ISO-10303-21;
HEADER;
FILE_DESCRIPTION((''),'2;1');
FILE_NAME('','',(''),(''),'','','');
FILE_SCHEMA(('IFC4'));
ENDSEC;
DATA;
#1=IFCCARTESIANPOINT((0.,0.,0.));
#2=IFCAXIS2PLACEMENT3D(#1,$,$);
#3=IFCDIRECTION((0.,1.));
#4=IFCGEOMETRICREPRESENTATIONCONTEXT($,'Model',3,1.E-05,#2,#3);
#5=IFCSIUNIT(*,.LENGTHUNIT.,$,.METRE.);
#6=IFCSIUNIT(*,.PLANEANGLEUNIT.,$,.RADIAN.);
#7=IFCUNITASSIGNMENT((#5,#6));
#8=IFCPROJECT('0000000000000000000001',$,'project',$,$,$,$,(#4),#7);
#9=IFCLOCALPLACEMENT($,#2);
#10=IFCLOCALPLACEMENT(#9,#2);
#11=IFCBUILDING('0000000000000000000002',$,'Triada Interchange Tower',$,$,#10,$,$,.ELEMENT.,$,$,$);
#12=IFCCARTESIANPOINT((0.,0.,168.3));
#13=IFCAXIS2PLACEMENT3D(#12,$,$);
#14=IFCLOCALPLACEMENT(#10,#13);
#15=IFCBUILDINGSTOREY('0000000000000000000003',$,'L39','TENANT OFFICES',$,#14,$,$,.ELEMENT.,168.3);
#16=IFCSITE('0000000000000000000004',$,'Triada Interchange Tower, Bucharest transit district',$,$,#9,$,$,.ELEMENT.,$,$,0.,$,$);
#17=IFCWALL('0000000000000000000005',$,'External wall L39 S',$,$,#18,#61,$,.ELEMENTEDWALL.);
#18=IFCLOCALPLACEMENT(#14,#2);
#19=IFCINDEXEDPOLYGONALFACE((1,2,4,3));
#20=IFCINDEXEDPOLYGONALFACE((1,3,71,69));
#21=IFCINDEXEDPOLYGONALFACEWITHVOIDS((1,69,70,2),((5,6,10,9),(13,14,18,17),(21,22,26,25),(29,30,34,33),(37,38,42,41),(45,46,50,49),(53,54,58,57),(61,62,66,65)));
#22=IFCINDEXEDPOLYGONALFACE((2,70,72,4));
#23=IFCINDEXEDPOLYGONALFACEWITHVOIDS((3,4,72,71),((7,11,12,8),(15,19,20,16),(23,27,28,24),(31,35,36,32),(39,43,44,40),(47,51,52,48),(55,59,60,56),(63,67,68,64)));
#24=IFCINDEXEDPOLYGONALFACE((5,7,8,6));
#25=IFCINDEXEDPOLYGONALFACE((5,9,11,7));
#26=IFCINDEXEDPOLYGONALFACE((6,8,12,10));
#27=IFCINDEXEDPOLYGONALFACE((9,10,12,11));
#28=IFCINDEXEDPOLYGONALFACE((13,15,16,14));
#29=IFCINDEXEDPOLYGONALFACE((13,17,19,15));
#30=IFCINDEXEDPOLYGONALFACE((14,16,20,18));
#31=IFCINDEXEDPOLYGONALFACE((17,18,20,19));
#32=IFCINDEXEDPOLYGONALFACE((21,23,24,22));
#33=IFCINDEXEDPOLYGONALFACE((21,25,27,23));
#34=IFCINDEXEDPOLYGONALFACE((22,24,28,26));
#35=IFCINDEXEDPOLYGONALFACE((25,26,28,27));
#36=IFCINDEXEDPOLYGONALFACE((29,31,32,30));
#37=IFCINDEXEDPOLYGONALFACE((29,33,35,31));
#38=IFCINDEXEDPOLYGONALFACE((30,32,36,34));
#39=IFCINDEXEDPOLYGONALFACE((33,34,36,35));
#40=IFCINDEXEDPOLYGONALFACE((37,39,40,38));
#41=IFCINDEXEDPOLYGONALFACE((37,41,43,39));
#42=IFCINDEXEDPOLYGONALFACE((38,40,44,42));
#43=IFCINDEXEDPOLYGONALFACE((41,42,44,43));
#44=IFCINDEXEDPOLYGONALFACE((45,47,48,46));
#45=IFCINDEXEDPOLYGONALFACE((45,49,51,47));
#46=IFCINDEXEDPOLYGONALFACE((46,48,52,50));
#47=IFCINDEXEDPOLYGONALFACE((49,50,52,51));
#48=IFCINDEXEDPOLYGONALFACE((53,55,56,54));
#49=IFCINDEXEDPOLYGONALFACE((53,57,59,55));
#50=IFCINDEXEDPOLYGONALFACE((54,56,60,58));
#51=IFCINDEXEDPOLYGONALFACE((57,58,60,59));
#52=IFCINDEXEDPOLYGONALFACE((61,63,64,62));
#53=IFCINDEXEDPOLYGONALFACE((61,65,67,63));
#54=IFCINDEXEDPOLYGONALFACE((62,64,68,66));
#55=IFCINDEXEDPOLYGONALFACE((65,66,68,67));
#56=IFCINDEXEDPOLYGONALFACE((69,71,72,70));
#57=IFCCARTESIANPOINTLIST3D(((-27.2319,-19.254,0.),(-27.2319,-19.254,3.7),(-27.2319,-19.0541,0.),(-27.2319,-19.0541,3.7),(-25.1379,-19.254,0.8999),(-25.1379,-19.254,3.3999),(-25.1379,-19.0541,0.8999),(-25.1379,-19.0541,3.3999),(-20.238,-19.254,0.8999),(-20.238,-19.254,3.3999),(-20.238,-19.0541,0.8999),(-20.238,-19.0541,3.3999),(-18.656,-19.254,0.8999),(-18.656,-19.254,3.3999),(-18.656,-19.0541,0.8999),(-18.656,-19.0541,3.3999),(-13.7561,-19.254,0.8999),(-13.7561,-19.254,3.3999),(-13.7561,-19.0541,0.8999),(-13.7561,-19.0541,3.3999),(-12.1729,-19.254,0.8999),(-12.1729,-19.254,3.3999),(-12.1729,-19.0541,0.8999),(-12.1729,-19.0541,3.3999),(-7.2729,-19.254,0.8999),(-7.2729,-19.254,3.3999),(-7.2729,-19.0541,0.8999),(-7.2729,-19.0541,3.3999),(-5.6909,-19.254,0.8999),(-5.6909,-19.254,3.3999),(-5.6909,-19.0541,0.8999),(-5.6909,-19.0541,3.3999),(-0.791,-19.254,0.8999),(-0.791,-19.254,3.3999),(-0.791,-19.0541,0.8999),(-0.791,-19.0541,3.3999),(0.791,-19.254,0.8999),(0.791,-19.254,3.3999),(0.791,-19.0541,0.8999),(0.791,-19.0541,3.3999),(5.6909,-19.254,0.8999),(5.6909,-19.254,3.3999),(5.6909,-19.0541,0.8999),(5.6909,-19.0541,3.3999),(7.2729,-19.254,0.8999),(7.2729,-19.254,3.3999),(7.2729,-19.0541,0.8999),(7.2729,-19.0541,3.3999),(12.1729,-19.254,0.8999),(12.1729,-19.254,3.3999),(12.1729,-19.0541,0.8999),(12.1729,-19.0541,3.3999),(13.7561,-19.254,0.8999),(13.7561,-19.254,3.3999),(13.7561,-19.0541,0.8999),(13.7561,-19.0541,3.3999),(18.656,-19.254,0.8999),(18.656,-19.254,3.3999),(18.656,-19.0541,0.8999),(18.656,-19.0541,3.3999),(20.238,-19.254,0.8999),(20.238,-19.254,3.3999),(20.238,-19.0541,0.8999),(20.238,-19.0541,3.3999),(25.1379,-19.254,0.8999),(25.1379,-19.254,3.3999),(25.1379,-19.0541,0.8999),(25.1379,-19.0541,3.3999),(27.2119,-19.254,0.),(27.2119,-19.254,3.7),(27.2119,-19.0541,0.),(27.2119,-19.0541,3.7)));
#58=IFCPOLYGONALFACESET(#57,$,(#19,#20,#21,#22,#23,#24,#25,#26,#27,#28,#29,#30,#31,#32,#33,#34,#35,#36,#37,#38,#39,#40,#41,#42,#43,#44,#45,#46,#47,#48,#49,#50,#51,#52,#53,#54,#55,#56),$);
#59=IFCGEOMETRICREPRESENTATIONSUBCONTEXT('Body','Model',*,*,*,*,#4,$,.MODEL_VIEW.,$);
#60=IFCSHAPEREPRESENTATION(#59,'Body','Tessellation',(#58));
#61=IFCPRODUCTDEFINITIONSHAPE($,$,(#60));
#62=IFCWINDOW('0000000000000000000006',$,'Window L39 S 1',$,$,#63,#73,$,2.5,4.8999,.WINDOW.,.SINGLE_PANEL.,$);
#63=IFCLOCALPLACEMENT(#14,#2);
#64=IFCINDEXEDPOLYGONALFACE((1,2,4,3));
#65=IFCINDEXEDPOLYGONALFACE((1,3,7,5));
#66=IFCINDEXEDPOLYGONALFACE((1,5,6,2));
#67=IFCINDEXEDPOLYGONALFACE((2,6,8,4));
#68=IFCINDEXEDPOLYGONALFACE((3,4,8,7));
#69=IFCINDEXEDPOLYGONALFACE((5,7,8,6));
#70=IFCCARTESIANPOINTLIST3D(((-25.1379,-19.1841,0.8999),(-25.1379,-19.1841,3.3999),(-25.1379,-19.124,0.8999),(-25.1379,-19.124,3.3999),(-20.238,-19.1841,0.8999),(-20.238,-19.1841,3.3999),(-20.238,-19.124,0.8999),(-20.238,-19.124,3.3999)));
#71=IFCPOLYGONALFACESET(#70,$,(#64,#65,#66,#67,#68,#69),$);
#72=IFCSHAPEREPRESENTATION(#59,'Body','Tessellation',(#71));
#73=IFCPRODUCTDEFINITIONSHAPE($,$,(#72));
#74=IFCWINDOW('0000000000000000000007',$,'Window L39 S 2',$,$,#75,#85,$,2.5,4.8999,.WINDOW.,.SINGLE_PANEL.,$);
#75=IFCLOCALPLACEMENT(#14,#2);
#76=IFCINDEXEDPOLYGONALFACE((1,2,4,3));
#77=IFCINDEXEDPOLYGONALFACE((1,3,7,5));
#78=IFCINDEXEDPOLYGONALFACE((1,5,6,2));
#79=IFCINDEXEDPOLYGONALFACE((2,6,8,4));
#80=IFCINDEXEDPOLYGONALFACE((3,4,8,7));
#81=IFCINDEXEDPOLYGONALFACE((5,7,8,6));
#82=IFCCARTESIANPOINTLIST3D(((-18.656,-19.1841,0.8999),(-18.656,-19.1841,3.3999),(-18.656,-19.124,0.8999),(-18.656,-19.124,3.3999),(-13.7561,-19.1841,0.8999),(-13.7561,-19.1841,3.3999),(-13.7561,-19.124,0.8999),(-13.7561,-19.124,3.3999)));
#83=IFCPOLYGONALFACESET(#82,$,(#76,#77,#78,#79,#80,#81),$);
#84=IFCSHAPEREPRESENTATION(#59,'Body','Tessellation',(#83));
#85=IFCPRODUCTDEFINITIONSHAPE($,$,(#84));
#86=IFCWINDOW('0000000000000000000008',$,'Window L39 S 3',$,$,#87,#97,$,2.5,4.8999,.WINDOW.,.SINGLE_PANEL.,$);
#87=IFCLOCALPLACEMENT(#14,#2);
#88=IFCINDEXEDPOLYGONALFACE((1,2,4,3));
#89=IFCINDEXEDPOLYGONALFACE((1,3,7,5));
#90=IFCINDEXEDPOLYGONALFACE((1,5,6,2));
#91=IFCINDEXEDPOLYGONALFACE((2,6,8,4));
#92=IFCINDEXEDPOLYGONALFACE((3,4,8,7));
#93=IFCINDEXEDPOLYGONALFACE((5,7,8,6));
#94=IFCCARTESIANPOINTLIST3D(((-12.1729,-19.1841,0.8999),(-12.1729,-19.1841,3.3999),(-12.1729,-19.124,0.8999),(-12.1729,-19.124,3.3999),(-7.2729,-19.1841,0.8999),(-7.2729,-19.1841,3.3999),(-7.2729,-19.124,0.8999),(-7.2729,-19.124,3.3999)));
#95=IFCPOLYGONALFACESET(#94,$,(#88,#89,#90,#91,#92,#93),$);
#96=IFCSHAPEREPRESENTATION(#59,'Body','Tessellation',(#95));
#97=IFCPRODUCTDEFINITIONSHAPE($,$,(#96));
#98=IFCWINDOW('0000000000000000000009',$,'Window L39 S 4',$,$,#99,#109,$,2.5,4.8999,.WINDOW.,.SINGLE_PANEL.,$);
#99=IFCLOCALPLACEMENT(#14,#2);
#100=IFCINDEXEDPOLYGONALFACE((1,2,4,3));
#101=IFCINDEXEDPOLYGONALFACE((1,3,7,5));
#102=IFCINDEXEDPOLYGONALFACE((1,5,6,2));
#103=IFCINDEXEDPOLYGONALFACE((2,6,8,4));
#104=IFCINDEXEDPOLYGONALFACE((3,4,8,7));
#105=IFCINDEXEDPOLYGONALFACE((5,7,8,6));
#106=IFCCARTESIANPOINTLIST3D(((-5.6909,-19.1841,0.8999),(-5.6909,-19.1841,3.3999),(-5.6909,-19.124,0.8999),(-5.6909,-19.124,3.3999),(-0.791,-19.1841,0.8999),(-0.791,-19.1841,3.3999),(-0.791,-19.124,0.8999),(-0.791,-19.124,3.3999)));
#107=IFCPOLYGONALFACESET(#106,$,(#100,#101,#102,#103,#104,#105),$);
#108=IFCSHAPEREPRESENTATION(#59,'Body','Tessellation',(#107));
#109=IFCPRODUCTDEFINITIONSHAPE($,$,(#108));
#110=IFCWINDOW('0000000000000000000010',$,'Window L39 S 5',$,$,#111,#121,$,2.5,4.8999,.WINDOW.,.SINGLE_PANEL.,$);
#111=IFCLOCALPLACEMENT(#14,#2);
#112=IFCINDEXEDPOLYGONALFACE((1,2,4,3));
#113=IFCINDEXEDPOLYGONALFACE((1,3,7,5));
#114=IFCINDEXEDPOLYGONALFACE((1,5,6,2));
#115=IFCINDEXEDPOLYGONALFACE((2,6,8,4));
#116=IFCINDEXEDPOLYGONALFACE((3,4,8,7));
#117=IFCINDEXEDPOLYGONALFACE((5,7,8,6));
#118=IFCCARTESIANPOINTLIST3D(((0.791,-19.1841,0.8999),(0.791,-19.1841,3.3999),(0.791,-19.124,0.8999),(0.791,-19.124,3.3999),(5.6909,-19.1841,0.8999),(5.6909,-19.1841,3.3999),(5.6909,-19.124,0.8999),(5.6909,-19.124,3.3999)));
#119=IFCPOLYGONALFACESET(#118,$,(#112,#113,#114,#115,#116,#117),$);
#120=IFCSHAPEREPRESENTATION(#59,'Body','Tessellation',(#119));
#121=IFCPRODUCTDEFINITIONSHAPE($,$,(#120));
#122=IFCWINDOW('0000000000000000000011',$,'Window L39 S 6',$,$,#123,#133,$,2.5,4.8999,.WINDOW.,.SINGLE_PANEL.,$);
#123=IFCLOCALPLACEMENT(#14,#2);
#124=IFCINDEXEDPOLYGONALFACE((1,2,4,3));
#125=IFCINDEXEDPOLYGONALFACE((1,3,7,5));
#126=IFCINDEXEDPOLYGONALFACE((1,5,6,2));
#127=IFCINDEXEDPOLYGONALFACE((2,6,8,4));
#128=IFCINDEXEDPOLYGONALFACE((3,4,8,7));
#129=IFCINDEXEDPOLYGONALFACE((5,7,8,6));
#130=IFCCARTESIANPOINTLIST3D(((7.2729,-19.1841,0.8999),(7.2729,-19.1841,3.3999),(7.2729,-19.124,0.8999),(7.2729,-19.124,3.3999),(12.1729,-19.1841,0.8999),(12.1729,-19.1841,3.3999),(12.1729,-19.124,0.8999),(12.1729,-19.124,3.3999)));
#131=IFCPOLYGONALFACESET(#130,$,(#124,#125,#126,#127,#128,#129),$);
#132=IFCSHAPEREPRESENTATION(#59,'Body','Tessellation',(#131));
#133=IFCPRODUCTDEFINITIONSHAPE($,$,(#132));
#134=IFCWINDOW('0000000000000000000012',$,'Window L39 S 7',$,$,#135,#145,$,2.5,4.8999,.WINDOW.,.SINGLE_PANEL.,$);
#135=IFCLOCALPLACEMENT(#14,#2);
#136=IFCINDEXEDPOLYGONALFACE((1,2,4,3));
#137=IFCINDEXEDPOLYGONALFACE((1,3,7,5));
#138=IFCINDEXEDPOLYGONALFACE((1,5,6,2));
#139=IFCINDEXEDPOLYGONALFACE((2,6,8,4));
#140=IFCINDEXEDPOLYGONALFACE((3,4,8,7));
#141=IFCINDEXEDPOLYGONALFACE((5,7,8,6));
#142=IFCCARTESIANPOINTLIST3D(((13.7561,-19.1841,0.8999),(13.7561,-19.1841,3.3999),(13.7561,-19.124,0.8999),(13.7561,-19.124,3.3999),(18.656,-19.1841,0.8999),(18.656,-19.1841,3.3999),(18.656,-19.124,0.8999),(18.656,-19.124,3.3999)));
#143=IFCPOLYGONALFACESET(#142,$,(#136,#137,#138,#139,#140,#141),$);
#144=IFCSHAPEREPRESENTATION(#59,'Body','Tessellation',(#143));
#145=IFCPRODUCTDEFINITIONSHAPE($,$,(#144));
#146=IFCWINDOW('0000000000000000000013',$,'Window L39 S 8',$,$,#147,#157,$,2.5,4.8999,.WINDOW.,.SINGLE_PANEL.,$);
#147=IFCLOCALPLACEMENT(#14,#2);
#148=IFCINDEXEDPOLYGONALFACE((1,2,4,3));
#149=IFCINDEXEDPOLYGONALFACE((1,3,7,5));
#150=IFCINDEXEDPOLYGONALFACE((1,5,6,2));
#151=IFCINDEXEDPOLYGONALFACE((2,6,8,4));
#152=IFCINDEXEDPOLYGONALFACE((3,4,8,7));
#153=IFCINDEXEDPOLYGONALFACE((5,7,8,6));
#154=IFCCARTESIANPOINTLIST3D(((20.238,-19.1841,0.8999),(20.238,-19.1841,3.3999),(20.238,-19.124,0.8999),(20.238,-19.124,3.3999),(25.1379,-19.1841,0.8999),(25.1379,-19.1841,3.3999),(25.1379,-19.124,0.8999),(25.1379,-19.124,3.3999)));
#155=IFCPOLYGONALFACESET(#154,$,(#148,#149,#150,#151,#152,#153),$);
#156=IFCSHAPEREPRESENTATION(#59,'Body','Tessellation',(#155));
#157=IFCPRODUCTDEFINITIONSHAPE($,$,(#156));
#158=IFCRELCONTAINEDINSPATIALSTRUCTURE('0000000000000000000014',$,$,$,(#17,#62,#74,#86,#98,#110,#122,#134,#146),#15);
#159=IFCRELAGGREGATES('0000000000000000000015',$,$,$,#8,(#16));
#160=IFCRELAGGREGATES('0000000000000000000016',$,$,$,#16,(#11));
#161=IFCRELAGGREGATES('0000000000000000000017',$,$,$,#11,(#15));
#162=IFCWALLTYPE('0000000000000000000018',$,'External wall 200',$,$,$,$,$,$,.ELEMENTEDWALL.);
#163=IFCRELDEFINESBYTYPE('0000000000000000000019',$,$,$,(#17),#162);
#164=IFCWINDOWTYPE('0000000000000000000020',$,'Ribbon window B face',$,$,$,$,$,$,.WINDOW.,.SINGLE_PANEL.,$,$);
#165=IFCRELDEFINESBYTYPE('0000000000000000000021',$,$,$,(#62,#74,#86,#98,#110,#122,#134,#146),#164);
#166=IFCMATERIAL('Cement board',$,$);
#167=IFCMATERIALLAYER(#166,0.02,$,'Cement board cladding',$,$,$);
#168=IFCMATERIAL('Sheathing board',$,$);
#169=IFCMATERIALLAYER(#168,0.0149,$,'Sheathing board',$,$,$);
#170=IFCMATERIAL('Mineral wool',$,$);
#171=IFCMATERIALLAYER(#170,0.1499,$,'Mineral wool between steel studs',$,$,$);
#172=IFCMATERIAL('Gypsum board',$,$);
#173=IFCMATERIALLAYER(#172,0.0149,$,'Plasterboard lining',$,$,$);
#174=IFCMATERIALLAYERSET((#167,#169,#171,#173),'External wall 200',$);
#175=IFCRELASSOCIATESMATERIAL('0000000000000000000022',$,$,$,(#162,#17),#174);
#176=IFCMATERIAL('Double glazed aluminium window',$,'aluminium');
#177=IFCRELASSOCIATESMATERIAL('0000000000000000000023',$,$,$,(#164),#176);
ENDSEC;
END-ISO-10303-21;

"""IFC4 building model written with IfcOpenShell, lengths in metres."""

from ifc_helpers import new_model, si_unit, direction, frame, frame_2d, origin, place, context, subcontext, project, spatial, rectangle, extrude, material, layer, layer_set, layer_usage, type_object, element, fill, save


model = new_model("IFC4")

# Units and contexts
model_context = context("Model", 3, precision=1e-05, world=origin(), true_north=direction((0.0, 1.0)))
body_context = subcontext(model_context, "Body", "Model", "MODEL_VIEW")
ifc_project = project(units=[si_unit("LENGTHUNIT", "METRE"), si_unit("PLANEANGLEUNIT", "RADIAN")], contexts=[model_context])

# Site, building, storey
site_placement = place(None, origin())
site = spatial("IfcSite", under=ifc_project, at=site_placement, Name="Triada Interchange Tower, Bucharest transit district", CompositionType="ELEMENT", RefElevation=0.0)
building_placement = place(site_placement, origin())
building = spatial("IfcBuilding", under=site, at=building_placement, Name="Triada Interchange Tower", CompositionType="ELEMENT")
storey_placement = place(building_placement, frame((0.0, 0.0, 168.3)))
storey = spatial("IfcBuildingStorey", under=building, at=storey_placement, Name="L39", Description="TENANT OFFICES", CompositionType="ELEMENT", Elevation=168.3)

# Shared definitions
ifc_material_1 = material(Name="Cement board")
ifc_layer_1 = layer(ifc_material_1, 0.02, Name="Cement board cladding")
ifc_material_2 = material(Name="Sheathing board")
ifc_layer_2 = layer(ifc_material_2, 0.0149, Name="Sheathing board")
ifc_material_3 = material(Name="Mineral wool")
ifc_layer_3 = layer(ifc_material_3, 0.1499, Name="Mineral wool between steel studs")
ifc_material_4 = material(Name="Gypsum board")
ifc_layer_4 = layer(ifc_material_4, 0.0149, Name="Plasterboard lining")
ifc_layer_set_1 = layer_set([ifc_layer_1, ifc_layer_2, ifc_layer_3, ifc_layer_4], Name="External wall 200")
ifc_layer_usage = layer_usage(ifc_layer_set_1, "AXIS2", "POSITIVE", -0.1001)
wall_type_1 = type_object("IfcWallType", Name="External wall 200", PredefinedType="ELEMENTEDWALL", material=ifc_layer_set_1)
ifc_material_5 = material(Name="Double glazed aluminium window", Category="aluminium")

# Wall, openings, windows
wall_1_placement = place(storey_placement, frame((-27.2319, -19.1541, 0.0), z_axis=(0.0, 0.0, 1.0), x_axis=(1.0, 0.0, 0.0)))
wall_1 = element("IfcWall", 1, at=wall_1_placement, inside=storey, type_object=wall_type_1, material=ifc_layer_usage, Name="External wall L39 S", PredefinedType="ELEMENTEDWALL", context=body_context, shape_type="SweptSolid", body=[
    extrude(rectangle(XDim=54.4438, YDim=0.2, at=frame_2d((27.2219, 0.0))), origin(), (0.0, 0.0, 1.0), 3.7),
])
opening_1_placement = place(wall_1_placement, frame((2.094, 0.0, 0.8999)))
opening_1 = element("IfcOpeningElement", 2, at=opening_1_placement, cuts=wall_1, PredefinedType="OPENING", context=body_context, shape_type="SweptSolid", body=[
    extrude(rectangle(XDim=4.8999, YDim=2.5, at=frame_2d((2.45, 1.25))), frame((0.0, 0.1099, 0.0), z_axis=(0.0, -1.0, 0.0), x_axis=(1.0, 0.0, 0.0)), (0.0, 0.0, 1.0), 0.22),
])
opening_2_placement = place(wall_1_placement, frame((8.5759, 0.0, 0.8999)))
opening_2 = element("IfcOpeningElement", 3, at=opening_2_placement, cuts=wall_1, PredefinedType="OPENING", context=body_context, shape_type="SweptSolid", body=[
    extrude(rectangle(XDim=4.8999, YDim=2.5, at=frame_2d((2.45, 1.25))), frame((0.0, 0.1099, 0.0), z_axis=(0.0, -1.0, 0.0), x_axis=(1.0, 0.0, 0.0)), (0.0, 0.0, 1.0), 0.22),
])
opening_3_placement = place(wall_1_placement, frame((15.0591, 0.0, 0.8999)))
opening_3 = element("IfcOpeningElement", 4, at=opening_3_placement, cuts=wall_1, PredefinedType="OPENING", context=body_context, shape_type="SweptSolid", body=[
    extrude(rectangle(XDim=4.8999, YDim=2.5, at=frame_2d((2.45, 1.25))), frame((0.0, 0.1099, 0.0), z_axis=(0.0, -1.0, 0.0), x_axis=(1.0, 0.0, 0.0)), (0.0, 0.0, 1.0), 0.22),
])
opening_4_placement = place(wall_1_placement, frame((21.541, 0.0, 0.8999)))
opening_4 = element("IfcOpeningElement", 5, at=opening_4_placement, cuts=wall_1, PredefinedType="OPENING", context=body_context, shape_type="SweptSolid", body=[
    extrude(rectangle(XDim=4.8999, YDim=2.5, at=frame_2d((2.45, 1.25))), frame((0.0, 0.1099, 0.0), z_axis=(0.0, -1.0, 0.0), x_axis=(1.0, 0.0, 0.0)), (0.0, 0.0, 1.0), 0.22),
])
opening_5_placement = place(wall_1_placement, frame((28.0229, 0.0, 0.8999)))
opening_5 = element("IfcOpeningElement", 6, at=opening_5_placement, cuts=wall_1, PredefinedType="OPENING", context=body_context, shape_type="SweptSolid", body=[
    extrude(rectangle(XDim=4.8999, YDim=2.5, at=frame_2d((2.45, 1.25))), frame((0.0, 0.1099, 0.0), z_axis=(0.0, -1.0, 0.0), x_axis=(1.0, 0.0, 0.0)), (0.0, 0.0, 1.0), 0.22),
])
opening_6_placement = place(wall_1_placement, frame((34.5049, 0.0, 0.8999)))
opening_6 = element("IfcOpeningElement", 7, at=opening_6_placement, cuts=wall_1, PredefinedType="OPENING", context=body_context, shape_type="SweptSolid", body=[
    extrude(rectangle(XDim=4.8999, YDim=2.5, at=frame_2d((2.45, 1.25))), frame((0.0, 0.1099, 0.0), z_axis=(0.0, -1.0, 0.0), x_axis=(1.0, 0.0, 0.0)), (0.0, 0.0, 1.0), 0.22),
])
opening_7_placement = place(wall_1_placement, frame((40.988, 0.0, 0.8999)))
opening_7 = element("IfcOpeningElement", 8, at=opening_7_placement, cuts=wall_1, PredefinedType="OPENING", context=body_context, shape_type="SweptSolid", body=[
    extrude(rectangle(XDim=4.8999, YDim=2.5, at=frame_2d((2.45, 1.25))), frame((0.0, 0.1099, 0.0), z_axis=(0.0, -1.0, 0.0), x_axis=(1.0, 0.0, 0.0)), (0.0, 0.0, 1.0), 0.22),
])
opening_8_placement = place(wall_1_placement, frame((47.47, 0.0, 0.8999)))
opening_8 = element("IfcOpeningElement", 9, at=opening_8_placement, cuts=wall_1, PredefinedType="OPENING", context=body_context, shape_type="SweptSolid", body=[
    extrude(rectangle(XDim=4.8999, YDim=2.5, at=frame_2d((2.45, 1.25))), frame((0.0, 0.1099, 0.0), z_axis=(0.0, -1.0, 0.0), x_axis=(1.0, 0.0, 0.0)), (0.0, 0.0, 1.0), 0.22),
])
window_type_1 = type_object("IfcWindowType", Name="Ribbon window B face", PartitioningType="SINGLE_PANEL", PredefinedType="WINDOW", material=ifc_material_5)
window_1_placement = place(opening_1_placement, origin())
window_1 = element("IfcWindow", 10, at=window_1_placement, inside=storey, type_object=window_type_1, Name="Window L39 S 1", OverallHeight=2.5, OverallWidth=4.8999, PartitioningType="SINGLE_PANEL", PredefinedType="WINDOW", context=body_context, shape_type="SweptSolid", body=[
    extrude(rectangle(XDim=4.8999, YDim=2.5, at=frame_2d((2.45, 1.25))), frame((0.0, 0.03, 0.0), z_axis=(0.0, -1.0, 0.0), x_axis=(1.0, 0.0, 0.0)), (0.0, 0.0, 1.0), 0.0601),
])
fill(opening_1, window_1)
window_2_placement = place(opening_2_placement, origin())
window_2 = element("IfcWindow", 11, at=window_2_placement, inside=storey, type_object=window_type_1, Name="Window L39 S 2", OverallHeight=2.5, OverallWidth=4.8999, PartitioningType="SINGLE_PANEL", PredefinedType="WINDOW", context=body_context, shape_type="SweptSolid", body=[
    extrude(rectangle(XDim=4.8999, YDim=2.5, at=frame_2d((2.45, 1.25))), frame((0.0, 0.03, 0.0), z_axis=(0.0, -1.0, 0.0), x_axis=(1.0, 0.0, 0.0)), (0.0, 0.0, 1.0), 0.0601),
])
fill(opening_2, window_2)
window_3_placement = place(opening_3_placement, origin())
window_3 = element("IfcWindow", 12, at=window_3_placement, inside=storey, type_object=window_type_1, Name="Window L39 S 3", OverallHeight=2.5, OverallWidth=4.8999, PartitioningType="SINGLE_PANEL", PredefinedType="WINDOW", context=body_context, shape_type="SweptSolid", body=[
    extrude(rectangle(XDim=4.8999, YDim=2.5, at=frame_2d((2.45, 1.25))), frame((0.0, 0.03, 0.0), z_axis=(0.0, -1.0, 0.0), x_axis=(1.0, 0.0, 0.0)), (0.0, 0.0, 1.0), 0.0601),
])
fill(opening_3, window_3)
window_4_placement = place(opening_4_placement, origin())
window_4 = element("IfcWindow", 13, at=window_4_placement, inside=storey, type_object=window_type_1, Name="Window L39 S 4", OverallHeight=2.5, OverallWidth=4.8999, PartitioningType="SINGLE_PANEL", PredefinedType="WINDOW", context=body_context, shape_type="SweptSolid", body=[
    extrude(rectangle(XDim=4.8999, YDim=2.5, at=frame_2d((2.45, 1.25))), frame((0.0, 0.03, 0.0), z_axis=(0.0, -1.0, 0.0), x_axis=(1.0, 0.0, 0.0)), (0.0, 0.0, 1.0), 0.0601),
])
fill(opening_4, window_4)
window_5_placement = place(opening_5_placement, origin())
window_5 = element("IfcWindow", 14, at=window_5_placement, inside=storey, type_object=window_type_1, Name="Window L39 S 5", OverallHeight=2.5, OverallWidth=4.8999, PartitioningType="SINGLE_PANEL", PredefinedType="WINDOW", context=body_context, shape_type="SweptSolid", body=[
    extrude(rectangle(XDim=4.8999, YDim=2.5, at=frame_2d((2.45, 1.25))), frame((0.0, 0.03, 0.0), z_axis=(0.0, -1.0, 0.0), x_axis=(1.0, 0.0, 0.0)), (0.0, 0.0, 1.0), 0.0601),
])
fill(opening_5, window_5)
window_6_placement = place(opening_6_placement, origin())
window_6 = element("IfcWindow", 15, at=window_6_placement, inside=storey, type_object=window_type_1, Name="Window L39 S 6", OverallHeight=2.5, OverallWidth=4.8999, PartitioningType="SINGLE_PANEL", PredefinedType="WINDOW", context=body_context, shape_type="SweptSolid", body=[
    extrude(rectangle(XDim=4.8999, YDim=2.5, at=frame_2d((2.45, 1.25))), frame((0.0, 0.03, 0.0), z_axis=(0.0, -1.0, 0.0), x_axis=(1.0, 0.0, 0.0)), (0.0, 0.0, 1.0), 0.0601),
])
fill(opening_6, window_6)
window_7_placement = place(opening_7_placement, origin())
window_7 = element("IfcWindow", 16, at=window_7_placement, inside=storey, type_object=window_type_1, Name="Window L39 S 7", OverallHeight=2.5, OverallWidth=4.8999, PartitioningType="SINGLE_PANEL", PredefinedType="WINDOW", context=body_context, shape_type="SweptSolid", body=[
    extrude(rectangle(XDim=4.8999, YDim=2.5, at=frame_2d((2.45, 1.25))), frame((0.0, 0.03, 0.0), z_axis=(0.0, -1.0, 0.0), x_axis=(1.0, 0.0, 0.0)), (0.0, 0.0, 1.0), 0.0601),
])
fill(opening_7, window_7)
window_8_placement = place(opening_8_placement, origin())
window_8 = element("IfcWindow", 17, at=window_8_placement, inside=storey, type_object=window_type_1, Name="Window L39 S 8", OverallHeight=2.5, OverallWidth=4.8999, PartitioningType="SINGLE_PANEL", PredefinedType="WINDOW", context=body_context, shape_type="SweptSolid", body=[
    extrude(rectangle(XDim=4.8999, YDim=2.5, at=frame_2d((2.45, 1.25))), frame((0.0, 0.03, 0.0), z_axis=(0.0, -1.0, 0.0), x_axis=(1.0, 0.0, 0.0)), (0.0, 0.0, 1.0), 0.0601),
])
fill(opening_8, window_8)

save(model, "model.ifc")
